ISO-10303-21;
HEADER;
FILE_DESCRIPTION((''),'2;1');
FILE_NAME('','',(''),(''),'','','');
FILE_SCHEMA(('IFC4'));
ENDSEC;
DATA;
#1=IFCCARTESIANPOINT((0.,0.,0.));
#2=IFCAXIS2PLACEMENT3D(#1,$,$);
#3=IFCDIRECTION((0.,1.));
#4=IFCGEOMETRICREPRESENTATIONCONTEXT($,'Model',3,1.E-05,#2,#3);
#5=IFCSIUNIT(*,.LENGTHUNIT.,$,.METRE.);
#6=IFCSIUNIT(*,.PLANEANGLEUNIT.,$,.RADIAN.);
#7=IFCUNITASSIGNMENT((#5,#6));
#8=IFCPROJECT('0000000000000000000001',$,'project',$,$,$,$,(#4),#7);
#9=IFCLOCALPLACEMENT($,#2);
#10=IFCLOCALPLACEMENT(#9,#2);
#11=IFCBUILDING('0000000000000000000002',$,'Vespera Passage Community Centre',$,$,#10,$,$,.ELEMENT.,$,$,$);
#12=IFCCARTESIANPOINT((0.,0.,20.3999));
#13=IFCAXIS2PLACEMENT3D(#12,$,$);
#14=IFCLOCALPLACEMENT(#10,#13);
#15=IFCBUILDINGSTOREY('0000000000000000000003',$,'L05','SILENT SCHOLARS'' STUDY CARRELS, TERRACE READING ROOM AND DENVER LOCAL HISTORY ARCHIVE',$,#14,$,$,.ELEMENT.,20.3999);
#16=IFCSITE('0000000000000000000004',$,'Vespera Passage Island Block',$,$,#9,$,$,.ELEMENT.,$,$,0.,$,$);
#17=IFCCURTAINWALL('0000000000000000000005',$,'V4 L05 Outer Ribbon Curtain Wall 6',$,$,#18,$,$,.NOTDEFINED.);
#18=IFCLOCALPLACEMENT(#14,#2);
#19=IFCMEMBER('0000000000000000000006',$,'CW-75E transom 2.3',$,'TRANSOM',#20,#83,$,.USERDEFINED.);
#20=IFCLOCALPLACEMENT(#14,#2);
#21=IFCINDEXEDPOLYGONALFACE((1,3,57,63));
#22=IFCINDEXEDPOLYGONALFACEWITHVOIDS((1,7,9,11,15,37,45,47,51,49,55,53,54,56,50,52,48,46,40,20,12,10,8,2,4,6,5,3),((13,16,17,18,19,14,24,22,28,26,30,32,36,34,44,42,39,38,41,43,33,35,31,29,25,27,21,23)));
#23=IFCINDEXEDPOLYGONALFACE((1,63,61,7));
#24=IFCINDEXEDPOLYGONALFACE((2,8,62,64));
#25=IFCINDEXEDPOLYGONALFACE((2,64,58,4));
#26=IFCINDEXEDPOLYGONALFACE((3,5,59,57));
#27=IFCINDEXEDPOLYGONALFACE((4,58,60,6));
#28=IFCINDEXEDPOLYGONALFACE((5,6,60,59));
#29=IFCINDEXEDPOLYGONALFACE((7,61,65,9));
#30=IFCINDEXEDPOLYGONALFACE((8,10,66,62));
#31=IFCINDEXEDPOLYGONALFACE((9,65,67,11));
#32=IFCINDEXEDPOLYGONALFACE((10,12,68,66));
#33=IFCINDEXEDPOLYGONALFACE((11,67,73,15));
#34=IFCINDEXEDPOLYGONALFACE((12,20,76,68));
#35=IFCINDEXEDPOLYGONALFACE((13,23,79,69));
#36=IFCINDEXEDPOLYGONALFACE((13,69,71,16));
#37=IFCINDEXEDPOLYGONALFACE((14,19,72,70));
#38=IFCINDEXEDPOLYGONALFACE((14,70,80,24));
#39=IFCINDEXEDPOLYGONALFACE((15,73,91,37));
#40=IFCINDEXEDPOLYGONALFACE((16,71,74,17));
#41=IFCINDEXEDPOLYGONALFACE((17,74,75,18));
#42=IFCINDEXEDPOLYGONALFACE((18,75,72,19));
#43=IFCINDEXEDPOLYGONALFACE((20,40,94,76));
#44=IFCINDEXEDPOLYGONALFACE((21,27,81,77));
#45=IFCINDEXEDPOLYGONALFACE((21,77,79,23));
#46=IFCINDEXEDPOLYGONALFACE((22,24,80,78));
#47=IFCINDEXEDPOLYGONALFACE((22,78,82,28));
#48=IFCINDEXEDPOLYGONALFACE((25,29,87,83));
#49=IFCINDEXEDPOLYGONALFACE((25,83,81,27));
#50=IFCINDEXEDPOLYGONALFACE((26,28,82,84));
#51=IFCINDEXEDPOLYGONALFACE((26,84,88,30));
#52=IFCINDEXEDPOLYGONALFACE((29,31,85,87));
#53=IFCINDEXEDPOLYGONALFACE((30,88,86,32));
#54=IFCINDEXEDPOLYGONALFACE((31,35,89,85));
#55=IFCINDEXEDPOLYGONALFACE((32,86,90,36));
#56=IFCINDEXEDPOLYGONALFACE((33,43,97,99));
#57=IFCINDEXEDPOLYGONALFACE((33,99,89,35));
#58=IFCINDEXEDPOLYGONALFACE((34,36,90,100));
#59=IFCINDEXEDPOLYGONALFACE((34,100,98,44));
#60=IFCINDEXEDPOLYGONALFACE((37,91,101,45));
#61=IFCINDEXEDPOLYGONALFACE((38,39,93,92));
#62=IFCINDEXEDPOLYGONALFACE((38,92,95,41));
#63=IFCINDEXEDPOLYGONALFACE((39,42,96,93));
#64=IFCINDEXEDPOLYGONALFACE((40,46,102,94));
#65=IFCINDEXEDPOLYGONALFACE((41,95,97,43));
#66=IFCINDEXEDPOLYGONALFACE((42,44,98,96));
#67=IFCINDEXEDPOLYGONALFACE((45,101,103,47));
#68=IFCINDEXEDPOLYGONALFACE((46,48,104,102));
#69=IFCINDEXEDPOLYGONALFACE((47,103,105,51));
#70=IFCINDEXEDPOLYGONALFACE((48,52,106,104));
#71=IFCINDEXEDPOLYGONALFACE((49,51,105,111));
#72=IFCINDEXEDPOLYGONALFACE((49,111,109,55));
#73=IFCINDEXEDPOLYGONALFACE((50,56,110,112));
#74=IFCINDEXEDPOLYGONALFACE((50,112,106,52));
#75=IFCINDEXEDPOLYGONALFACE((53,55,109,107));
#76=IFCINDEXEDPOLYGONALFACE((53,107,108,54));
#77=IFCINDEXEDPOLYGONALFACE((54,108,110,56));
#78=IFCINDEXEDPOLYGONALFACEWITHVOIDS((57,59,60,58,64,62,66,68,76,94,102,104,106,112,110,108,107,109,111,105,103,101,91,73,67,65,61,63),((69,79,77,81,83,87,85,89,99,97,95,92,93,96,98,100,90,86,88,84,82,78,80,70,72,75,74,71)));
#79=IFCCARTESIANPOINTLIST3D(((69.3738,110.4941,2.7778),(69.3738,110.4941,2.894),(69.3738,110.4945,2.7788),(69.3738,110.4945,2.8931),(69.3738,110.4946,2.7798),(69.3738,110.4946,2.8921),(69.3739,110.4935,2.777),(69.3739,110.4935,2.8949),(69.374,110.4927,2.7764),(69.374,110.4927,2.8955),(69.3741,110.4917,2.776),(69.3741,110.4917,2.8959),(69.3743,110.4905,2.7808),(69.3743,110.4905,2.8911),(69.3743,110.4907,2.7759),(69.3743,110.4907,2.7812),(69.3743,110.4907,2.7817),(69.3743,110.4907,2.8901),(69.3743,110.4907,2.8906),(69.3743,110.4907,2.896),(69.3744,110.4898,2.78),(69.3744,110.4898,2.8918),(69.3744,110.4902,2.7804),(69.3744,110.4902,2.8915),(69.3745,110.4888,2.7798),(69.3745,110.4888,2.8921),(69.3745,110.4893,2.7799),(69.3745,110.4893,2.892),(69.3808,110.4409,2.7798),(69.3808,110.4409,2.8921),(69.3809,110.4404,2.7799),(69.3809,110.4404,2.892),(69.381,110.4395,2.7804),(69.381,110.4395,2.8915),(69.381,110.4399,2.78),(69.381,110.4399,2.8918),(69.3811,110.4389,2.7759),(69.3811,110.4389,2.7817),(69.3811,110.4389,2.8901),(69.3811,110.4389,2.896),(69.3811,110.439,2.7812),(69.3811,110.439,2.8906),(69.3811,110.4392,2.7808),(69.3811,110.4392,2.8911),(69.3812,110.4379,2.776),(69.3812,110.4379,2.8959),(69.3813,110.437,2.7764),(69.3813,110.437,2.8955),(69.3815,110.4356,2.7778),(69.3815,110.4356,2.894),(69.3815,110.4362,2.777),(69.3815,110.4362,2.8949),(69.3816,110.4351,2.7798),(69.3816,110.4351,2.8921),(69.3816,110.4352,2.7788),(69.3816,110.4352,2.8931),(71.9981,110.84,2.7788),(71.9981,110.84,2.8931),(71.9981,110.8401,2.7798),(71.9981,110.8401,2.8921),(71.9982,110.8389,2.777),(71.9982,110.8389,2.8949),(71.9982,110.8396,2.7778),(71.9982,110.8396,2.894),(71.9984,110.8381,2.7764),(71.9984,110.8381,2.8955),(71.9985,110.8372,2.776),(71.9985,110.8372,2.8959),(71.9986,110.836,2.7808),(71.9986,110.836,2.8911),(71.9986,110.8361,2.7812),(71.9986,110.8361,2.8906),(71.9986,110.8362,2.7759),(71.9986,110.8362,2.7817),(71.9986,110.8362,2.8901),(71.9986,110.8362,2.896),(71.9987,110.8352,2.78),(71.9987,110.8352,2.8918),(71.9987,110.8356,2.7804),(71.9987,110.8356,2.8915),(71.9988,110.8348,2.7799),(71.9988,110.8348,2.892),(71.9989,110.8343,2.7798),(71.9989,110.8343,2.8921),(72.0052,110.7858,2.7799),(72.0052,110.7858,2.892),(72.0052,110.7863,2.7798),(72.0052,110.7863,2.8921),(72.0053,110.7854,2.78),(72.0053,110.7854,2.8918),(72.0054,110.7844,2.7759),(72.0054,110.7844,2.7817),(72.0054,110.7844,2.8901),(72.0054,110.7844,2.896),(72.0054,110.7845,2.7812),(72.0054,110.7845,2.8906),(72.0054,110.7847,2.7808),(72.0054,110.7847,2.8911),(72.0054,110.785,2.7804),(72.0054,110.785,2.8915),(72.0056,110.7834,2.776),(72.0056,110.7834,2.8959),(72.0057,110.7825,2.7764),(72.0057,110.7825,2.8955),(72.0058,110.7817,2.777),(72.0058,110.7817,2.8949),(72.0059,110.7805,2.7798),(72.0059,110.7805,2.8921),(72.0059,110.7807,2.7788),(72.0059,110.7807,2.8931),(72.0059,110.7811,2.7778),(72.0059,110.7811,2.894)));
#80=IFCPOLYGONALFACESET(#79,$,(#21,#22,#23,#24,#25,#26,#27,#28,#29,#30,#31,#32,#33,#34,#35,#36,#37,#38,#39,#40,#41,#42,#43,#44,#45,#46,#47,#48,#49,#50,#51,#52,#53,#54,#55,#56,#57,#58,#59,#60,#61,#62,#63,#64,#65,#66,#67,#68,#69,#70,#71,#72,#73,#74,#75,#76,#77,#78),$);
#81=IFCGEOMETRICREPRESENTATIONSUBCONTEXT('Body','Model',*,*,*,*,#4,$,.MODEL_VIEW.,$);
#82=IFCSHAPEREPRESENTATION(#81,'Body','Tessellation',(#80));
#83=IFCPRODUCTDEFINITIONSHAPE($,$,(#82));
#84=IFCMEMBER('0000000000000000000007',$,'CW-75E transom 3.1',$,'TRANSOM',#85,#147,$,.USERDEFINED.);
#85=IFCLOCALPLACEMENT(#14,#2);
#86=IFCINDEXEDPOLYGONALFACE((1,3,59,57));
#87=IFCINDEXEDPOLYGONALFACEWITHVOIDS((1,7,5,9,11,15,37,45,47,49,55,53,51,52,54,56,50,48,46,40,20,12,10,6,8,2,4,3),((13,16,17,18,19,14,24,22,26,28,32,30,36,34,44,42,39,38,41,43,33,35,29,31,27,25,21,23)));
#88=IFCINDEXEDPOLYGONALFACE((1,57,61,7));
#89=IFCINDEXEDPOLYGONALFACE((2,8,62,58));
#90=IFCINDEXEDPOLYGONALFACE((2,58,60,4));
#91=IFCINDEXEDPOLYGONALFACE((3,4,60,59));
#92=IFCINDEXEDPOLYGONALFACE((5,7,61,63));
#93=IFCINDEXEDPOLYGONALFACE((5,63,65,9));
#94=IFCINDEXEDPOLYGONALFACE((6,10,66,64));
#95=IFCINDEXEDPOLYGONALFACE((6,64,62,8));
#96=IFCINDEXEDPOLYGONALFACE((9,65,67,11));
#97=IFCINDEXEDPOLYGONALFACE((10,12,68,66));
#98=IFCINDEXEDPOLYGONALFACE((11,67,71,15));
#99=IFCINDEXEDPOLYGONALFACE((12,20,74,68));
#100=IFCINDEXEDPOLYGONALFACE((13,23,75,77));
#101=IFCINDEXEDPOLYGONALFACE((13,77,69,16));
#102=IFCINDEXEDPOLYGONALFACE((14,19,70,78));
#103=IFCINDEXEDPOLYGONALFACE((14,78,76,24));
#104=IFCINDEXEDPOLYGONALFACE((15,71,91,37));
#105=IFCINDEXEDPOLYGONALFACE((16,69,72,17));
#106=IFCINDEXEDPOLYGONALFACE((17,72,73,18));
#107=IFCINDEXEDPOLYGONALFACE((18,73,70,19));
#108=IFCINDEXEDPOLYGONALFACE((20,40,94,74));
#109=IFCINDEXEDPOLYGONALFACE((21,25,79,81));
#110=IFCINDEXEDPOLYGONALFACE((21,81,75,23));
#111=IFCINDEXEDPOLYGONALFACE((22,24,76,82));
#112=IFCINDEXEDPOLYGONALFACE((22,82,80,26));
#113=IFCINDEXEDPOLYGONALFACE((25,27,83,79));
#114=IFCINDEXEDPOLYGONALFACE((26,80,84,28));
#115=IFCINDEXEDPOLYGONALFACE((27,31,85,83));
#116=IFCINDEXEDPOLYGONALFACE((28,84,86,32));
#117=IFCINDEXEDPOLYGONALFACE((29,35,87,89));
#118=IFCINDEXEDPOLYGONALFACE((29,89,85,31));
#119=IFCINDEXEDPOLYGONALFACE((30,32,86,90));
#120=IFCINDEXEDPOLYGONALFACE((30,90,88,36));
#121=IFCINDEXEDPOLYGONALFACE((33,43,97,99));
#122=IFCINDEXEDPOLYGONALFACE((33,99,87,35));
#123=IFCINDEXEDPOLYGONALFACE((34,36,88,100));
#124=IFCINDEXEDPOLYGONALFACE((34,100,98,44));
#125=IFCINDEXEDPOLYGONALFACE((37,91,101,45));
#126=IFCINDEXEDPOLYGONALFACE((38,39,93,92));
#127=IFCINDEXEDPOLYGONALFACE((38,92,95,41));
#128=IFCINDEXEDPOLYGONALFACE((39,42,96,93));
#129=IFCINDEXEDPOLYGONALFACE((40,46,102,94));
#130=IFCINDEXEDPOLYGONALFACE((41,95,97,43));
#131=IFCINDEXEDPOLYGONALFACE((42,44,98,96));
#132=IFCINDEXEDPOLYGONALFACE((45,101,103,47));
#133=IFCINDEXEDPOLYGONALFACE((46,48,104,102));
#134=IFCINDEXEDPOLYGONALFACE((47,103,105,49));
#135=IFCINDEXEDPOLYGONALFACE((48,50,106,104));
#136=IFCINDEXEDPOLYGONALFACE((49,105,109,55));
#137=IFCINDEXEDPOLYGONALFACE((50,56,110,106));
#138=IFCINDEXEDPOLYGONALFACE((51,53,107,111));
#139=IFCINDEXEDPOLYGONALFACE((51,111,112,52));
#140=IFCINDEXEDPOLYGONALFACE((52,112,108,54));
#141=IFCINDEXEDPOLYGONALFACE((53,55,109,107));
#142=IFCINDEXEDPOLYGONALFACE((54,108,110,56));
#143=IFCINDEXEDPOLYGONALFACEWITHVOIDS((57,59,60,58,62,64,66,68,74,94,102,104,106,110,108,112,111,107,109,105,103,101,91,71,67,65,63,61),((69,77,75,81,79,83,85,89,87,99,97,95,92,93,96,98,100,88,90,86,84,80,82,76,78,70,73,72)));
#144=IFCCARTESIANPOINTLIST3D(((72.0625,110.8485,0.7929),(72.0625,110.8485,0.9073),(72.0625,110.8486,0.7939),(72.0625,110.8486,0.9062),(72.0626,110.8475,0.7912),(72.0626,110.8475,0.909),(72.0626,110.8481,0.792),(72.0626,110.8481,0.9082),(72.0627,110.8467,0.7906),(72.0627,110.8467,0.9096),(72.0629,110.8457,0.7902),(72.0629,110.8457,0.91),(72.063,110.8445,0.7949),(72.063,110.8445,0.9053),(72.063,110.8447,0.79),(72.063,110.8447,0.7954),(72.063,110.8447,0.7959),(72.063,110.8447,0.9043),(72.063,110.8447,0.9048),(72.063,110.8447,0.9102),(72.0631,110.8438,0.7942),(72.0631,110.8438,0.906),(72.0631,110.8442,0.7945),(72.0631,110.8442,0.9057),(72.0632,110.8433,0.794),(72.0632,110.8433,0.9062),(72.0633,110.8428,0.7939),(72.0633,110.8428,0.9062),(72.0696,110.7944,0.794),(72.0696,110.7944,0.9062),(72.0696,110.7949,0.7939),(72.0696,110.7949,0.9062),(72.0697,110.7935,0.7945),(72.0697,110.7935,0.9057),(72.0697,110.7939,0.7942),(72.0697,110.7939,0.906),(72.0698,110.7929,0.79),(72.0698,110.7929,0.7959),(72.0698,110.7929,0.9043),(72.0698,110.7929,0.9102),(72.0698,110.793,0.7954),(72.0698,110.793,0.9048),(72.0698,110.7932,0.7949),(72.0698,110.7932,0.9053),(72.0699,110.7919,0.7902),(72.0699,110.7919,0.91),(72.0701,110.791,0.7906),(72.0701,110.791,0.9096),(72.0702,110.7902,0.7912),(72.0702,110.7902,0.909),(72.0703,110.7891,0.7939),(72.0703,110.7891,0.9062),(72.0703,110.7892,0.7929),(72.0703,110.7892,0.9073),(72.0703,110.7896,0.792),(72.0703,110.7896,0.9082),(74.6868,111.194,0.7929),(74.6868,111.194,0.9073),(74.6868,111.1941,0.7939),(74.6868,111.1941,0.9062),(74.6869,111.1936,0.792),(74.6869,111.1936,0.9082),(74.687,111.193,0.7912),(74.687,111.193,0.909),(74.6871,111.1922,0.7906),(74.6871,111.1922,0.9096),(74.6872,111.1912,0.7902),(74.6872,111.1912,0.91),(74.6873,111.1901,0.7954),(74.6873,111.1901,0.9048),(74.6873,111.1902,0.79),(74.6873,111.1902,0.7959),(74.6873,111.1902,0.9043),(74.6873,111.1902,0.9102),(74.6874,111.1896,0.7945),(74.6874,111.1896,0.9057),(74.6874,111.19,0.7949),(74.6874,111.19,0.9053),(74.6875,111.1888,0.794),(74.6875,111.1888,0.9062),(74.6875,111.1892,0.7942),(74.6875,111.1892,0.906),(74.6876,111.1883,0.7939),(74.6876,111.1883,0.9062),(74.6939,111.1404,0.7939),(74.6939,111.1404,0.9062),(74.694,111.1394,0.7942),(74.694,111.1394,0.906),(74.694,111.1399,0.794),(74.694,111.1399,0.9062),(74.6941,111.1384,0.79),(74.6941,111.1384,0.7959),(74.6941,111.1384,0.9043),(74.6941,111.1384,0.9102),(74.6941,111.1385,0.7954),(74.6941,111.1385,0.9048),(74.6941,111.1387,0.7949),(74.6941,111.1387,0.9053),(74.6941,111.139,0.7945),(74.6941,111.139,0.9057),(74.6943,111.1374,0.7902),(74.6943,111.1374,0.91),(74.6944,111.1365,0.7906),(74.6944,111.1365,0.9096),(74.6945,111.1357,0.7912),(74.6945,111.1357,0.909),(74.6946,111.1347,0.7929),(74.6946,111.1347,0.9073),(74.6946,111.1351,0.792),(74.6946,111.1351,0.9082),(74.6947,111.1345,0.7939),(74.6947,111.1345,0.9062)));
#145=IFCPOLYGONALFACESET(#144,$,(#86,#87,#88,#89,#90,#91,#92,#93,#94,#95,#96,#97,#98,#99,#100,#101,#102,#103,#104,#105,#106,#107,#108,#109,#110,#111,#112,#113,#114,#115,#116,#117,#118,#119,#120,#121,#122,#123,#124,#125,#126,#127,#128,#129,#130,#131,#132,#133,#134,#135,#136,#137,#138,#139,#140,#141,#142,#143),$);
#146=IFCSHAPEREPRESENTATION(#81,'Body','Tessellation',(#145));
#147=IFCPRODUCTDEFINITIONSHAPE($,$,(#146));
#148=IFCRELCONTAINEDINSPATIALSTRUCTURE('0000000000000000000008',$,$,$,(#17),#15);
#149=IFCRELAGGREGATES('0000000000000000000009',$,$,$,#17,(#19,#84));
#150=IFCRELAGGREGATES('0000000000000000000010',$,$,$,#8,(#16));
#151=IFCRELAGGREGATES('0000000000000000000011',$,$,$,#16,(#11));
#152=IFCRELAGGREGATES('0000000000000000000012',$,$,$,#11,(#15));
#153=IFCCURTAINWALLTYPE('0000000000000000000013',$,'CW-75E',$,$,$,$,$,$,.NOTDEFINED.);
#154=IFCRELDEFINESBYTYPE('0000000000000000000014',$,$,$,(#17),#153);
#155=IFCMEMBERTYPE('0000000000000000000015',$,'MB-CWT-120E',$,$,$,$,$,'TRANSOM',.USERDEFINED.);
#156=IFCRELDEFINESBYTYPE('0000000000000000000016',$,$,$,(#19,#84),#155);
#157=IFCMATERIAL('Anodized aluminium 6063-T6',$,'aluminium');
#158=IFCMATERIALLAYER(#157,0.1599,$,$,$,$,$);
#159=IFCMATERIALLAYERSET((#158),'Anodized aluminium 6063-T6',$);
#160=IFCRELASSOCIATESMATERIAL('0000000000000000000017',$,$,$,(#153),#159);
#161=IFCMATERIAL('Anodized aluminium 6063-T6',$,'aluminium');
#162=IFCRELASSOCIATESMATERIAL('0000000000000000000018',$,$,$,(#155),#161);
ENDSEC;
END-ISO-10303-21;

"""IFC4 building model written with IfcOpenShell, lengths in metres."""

from ifc_helpers import new_model, si_unit, direction, frame, origin, origin_2d, place, context, subcontext, project, spatial, hollow_rectangle, extrude, material, layer, layer_set, material_profile, profile_set, type_object, element, aggregate, save


model = new_model("IFC4")

# Units and contexts
model_context = context("Model", 3, precision=1e-05, world=origin(), true_north=direction((0.0, 1.0)))
body_context = subcontext(model_context, "Body", "Model", "MODEL_VIEW")
ifc_project = project(units=[si_unit("LENGTHUNIT", "METRE"), si_unit("PLANEANGLEUNIT", "RADIAN")], contexts=[model_context])

# Site, building, storey
site_placement = place(None, origin())
site = spatial("IfcSite", under=ifc_project, at=site_placement, Name="Vespera Passage Island Block", CompositionType="ELEMENT", RefElevation=0.0)
building_placement = place(site_placement, origin())
building = spatial("IfcBuilding", under=site, at=building_placement, Name="Vespera Passage Community Centre", CompositionType="ELEMENT")
storey_placement = place(building_placement, frame((0.0, 0.0, 20.3999)))
storey = spatial("IfcBuildingStorey", under=building, at=storey_placement, Name="L05", Description="SILENT SCHOLARS' STUDY CARRELS, TERRACE READING ROOM AND DENVER LOCAL HISTORY ARCHIVE", CompositionType="ELEMENT", Elevation=20.3999)

# Curtain wall, members
ifc_material_1 = material(Name="Anodized aluminium 6063-T6", Category="aluminium")
ifc_layer_1 = layer(ifc_material_1, 0.1599)
ifc_layer_set_1 = layer_set([ifc_layer_1], Name="Anodized aluminium 6063-T6")
curtain_wall_type = type_object("IfcCurtainWallType", Name="CW-75E", PredefinedType="NOTDEFINED", material=ifc_layer_set_1)
curtain_wall_placement = place(storey_placement, origin())
curtain_wall = element("IfcCurtainWall", 1, at=curtain_wall_placement, inside=storey, type_object=curtain_wall_type, Name="V4 L05 Outer Ribbon Curtain Wall 6", PredefinedType="NOTDEFINED")
ifc_material_2 = material(Name="Anodized aluminium 6063-T6", Category="aluminium")
ifc_material_profile_1 = material_profile(ifc_material_2, hollow_rectangle(XDim=0.0601, YDim=0.1201, WallThickness=0.0039, InnerFilletRadius=0.002, OuterFilletRadius=0.0039, at=origin_2d()), Name="ALU120X60X4")
ifc_profile_set_1 = profile_set([ifc_material_profile_1], Name="Anodized aluminium 6063-T6")
member_type_1 = type_object("IfcMemberType", Name="MB-CWT-120E", ElementType="TRANSOM", PredefinedType="USERDEFINED", material=ifc_profile_set_1)
member_1_placement = place(storey_placement, frame((69.3777, 110.4648, 2.8359), z_axis=(0.991446, 0.130514, 0.0), x_axis=(-0.130514, 0.991446, 0.0)))
member_1 = element("IfcMember", 2, at=member_1_placement, type_object=member_type_1, Name="CW-75E transom 2.3", ObjectType="TRANSOM", PredefinedType="USERDEFINED", context=body_context, shape_type="SweptSolid", body=[
    extrude(hollow_rectangle(XDim=0.0601, YDim=0.1201, WallThickness=0.0039, InnerFilletRadius=0.002, OuterFilletRadius=0.0039, at=origin_2d()), origin(), (0.0, 0.0, 1.0), 2.647),
])
member_2_placement = place(storey_placement, frame((72.0664, 110.8188, 0.8501), z_axis=(0.991446, 0.130514, 0.0), x_axis=(-0.130514, 0.991446, 0.0)))
member_2 = element("IfcMember", 3, at=member_2_placement, type_object=member_type_1, Name="CW-75E transom 3.1", ObjectType="TRANSOM", PredefinedType="USERDEFINED", context=body_context, shape_type="SweptSolid", body=[
    extrude(hollow_rectangle(XDim=0.0601, YDim=0.1201, WallThickness=0.0039, InnerFilletRadius=0.002, OuterFilletRadius=0.0039, at=origin_2d()), origin(), (0.0, 0.0, 1.0), 2.647),
])
aggregate(curtain_wall, [member_1, member_2])

save(model, "model.ifc")
